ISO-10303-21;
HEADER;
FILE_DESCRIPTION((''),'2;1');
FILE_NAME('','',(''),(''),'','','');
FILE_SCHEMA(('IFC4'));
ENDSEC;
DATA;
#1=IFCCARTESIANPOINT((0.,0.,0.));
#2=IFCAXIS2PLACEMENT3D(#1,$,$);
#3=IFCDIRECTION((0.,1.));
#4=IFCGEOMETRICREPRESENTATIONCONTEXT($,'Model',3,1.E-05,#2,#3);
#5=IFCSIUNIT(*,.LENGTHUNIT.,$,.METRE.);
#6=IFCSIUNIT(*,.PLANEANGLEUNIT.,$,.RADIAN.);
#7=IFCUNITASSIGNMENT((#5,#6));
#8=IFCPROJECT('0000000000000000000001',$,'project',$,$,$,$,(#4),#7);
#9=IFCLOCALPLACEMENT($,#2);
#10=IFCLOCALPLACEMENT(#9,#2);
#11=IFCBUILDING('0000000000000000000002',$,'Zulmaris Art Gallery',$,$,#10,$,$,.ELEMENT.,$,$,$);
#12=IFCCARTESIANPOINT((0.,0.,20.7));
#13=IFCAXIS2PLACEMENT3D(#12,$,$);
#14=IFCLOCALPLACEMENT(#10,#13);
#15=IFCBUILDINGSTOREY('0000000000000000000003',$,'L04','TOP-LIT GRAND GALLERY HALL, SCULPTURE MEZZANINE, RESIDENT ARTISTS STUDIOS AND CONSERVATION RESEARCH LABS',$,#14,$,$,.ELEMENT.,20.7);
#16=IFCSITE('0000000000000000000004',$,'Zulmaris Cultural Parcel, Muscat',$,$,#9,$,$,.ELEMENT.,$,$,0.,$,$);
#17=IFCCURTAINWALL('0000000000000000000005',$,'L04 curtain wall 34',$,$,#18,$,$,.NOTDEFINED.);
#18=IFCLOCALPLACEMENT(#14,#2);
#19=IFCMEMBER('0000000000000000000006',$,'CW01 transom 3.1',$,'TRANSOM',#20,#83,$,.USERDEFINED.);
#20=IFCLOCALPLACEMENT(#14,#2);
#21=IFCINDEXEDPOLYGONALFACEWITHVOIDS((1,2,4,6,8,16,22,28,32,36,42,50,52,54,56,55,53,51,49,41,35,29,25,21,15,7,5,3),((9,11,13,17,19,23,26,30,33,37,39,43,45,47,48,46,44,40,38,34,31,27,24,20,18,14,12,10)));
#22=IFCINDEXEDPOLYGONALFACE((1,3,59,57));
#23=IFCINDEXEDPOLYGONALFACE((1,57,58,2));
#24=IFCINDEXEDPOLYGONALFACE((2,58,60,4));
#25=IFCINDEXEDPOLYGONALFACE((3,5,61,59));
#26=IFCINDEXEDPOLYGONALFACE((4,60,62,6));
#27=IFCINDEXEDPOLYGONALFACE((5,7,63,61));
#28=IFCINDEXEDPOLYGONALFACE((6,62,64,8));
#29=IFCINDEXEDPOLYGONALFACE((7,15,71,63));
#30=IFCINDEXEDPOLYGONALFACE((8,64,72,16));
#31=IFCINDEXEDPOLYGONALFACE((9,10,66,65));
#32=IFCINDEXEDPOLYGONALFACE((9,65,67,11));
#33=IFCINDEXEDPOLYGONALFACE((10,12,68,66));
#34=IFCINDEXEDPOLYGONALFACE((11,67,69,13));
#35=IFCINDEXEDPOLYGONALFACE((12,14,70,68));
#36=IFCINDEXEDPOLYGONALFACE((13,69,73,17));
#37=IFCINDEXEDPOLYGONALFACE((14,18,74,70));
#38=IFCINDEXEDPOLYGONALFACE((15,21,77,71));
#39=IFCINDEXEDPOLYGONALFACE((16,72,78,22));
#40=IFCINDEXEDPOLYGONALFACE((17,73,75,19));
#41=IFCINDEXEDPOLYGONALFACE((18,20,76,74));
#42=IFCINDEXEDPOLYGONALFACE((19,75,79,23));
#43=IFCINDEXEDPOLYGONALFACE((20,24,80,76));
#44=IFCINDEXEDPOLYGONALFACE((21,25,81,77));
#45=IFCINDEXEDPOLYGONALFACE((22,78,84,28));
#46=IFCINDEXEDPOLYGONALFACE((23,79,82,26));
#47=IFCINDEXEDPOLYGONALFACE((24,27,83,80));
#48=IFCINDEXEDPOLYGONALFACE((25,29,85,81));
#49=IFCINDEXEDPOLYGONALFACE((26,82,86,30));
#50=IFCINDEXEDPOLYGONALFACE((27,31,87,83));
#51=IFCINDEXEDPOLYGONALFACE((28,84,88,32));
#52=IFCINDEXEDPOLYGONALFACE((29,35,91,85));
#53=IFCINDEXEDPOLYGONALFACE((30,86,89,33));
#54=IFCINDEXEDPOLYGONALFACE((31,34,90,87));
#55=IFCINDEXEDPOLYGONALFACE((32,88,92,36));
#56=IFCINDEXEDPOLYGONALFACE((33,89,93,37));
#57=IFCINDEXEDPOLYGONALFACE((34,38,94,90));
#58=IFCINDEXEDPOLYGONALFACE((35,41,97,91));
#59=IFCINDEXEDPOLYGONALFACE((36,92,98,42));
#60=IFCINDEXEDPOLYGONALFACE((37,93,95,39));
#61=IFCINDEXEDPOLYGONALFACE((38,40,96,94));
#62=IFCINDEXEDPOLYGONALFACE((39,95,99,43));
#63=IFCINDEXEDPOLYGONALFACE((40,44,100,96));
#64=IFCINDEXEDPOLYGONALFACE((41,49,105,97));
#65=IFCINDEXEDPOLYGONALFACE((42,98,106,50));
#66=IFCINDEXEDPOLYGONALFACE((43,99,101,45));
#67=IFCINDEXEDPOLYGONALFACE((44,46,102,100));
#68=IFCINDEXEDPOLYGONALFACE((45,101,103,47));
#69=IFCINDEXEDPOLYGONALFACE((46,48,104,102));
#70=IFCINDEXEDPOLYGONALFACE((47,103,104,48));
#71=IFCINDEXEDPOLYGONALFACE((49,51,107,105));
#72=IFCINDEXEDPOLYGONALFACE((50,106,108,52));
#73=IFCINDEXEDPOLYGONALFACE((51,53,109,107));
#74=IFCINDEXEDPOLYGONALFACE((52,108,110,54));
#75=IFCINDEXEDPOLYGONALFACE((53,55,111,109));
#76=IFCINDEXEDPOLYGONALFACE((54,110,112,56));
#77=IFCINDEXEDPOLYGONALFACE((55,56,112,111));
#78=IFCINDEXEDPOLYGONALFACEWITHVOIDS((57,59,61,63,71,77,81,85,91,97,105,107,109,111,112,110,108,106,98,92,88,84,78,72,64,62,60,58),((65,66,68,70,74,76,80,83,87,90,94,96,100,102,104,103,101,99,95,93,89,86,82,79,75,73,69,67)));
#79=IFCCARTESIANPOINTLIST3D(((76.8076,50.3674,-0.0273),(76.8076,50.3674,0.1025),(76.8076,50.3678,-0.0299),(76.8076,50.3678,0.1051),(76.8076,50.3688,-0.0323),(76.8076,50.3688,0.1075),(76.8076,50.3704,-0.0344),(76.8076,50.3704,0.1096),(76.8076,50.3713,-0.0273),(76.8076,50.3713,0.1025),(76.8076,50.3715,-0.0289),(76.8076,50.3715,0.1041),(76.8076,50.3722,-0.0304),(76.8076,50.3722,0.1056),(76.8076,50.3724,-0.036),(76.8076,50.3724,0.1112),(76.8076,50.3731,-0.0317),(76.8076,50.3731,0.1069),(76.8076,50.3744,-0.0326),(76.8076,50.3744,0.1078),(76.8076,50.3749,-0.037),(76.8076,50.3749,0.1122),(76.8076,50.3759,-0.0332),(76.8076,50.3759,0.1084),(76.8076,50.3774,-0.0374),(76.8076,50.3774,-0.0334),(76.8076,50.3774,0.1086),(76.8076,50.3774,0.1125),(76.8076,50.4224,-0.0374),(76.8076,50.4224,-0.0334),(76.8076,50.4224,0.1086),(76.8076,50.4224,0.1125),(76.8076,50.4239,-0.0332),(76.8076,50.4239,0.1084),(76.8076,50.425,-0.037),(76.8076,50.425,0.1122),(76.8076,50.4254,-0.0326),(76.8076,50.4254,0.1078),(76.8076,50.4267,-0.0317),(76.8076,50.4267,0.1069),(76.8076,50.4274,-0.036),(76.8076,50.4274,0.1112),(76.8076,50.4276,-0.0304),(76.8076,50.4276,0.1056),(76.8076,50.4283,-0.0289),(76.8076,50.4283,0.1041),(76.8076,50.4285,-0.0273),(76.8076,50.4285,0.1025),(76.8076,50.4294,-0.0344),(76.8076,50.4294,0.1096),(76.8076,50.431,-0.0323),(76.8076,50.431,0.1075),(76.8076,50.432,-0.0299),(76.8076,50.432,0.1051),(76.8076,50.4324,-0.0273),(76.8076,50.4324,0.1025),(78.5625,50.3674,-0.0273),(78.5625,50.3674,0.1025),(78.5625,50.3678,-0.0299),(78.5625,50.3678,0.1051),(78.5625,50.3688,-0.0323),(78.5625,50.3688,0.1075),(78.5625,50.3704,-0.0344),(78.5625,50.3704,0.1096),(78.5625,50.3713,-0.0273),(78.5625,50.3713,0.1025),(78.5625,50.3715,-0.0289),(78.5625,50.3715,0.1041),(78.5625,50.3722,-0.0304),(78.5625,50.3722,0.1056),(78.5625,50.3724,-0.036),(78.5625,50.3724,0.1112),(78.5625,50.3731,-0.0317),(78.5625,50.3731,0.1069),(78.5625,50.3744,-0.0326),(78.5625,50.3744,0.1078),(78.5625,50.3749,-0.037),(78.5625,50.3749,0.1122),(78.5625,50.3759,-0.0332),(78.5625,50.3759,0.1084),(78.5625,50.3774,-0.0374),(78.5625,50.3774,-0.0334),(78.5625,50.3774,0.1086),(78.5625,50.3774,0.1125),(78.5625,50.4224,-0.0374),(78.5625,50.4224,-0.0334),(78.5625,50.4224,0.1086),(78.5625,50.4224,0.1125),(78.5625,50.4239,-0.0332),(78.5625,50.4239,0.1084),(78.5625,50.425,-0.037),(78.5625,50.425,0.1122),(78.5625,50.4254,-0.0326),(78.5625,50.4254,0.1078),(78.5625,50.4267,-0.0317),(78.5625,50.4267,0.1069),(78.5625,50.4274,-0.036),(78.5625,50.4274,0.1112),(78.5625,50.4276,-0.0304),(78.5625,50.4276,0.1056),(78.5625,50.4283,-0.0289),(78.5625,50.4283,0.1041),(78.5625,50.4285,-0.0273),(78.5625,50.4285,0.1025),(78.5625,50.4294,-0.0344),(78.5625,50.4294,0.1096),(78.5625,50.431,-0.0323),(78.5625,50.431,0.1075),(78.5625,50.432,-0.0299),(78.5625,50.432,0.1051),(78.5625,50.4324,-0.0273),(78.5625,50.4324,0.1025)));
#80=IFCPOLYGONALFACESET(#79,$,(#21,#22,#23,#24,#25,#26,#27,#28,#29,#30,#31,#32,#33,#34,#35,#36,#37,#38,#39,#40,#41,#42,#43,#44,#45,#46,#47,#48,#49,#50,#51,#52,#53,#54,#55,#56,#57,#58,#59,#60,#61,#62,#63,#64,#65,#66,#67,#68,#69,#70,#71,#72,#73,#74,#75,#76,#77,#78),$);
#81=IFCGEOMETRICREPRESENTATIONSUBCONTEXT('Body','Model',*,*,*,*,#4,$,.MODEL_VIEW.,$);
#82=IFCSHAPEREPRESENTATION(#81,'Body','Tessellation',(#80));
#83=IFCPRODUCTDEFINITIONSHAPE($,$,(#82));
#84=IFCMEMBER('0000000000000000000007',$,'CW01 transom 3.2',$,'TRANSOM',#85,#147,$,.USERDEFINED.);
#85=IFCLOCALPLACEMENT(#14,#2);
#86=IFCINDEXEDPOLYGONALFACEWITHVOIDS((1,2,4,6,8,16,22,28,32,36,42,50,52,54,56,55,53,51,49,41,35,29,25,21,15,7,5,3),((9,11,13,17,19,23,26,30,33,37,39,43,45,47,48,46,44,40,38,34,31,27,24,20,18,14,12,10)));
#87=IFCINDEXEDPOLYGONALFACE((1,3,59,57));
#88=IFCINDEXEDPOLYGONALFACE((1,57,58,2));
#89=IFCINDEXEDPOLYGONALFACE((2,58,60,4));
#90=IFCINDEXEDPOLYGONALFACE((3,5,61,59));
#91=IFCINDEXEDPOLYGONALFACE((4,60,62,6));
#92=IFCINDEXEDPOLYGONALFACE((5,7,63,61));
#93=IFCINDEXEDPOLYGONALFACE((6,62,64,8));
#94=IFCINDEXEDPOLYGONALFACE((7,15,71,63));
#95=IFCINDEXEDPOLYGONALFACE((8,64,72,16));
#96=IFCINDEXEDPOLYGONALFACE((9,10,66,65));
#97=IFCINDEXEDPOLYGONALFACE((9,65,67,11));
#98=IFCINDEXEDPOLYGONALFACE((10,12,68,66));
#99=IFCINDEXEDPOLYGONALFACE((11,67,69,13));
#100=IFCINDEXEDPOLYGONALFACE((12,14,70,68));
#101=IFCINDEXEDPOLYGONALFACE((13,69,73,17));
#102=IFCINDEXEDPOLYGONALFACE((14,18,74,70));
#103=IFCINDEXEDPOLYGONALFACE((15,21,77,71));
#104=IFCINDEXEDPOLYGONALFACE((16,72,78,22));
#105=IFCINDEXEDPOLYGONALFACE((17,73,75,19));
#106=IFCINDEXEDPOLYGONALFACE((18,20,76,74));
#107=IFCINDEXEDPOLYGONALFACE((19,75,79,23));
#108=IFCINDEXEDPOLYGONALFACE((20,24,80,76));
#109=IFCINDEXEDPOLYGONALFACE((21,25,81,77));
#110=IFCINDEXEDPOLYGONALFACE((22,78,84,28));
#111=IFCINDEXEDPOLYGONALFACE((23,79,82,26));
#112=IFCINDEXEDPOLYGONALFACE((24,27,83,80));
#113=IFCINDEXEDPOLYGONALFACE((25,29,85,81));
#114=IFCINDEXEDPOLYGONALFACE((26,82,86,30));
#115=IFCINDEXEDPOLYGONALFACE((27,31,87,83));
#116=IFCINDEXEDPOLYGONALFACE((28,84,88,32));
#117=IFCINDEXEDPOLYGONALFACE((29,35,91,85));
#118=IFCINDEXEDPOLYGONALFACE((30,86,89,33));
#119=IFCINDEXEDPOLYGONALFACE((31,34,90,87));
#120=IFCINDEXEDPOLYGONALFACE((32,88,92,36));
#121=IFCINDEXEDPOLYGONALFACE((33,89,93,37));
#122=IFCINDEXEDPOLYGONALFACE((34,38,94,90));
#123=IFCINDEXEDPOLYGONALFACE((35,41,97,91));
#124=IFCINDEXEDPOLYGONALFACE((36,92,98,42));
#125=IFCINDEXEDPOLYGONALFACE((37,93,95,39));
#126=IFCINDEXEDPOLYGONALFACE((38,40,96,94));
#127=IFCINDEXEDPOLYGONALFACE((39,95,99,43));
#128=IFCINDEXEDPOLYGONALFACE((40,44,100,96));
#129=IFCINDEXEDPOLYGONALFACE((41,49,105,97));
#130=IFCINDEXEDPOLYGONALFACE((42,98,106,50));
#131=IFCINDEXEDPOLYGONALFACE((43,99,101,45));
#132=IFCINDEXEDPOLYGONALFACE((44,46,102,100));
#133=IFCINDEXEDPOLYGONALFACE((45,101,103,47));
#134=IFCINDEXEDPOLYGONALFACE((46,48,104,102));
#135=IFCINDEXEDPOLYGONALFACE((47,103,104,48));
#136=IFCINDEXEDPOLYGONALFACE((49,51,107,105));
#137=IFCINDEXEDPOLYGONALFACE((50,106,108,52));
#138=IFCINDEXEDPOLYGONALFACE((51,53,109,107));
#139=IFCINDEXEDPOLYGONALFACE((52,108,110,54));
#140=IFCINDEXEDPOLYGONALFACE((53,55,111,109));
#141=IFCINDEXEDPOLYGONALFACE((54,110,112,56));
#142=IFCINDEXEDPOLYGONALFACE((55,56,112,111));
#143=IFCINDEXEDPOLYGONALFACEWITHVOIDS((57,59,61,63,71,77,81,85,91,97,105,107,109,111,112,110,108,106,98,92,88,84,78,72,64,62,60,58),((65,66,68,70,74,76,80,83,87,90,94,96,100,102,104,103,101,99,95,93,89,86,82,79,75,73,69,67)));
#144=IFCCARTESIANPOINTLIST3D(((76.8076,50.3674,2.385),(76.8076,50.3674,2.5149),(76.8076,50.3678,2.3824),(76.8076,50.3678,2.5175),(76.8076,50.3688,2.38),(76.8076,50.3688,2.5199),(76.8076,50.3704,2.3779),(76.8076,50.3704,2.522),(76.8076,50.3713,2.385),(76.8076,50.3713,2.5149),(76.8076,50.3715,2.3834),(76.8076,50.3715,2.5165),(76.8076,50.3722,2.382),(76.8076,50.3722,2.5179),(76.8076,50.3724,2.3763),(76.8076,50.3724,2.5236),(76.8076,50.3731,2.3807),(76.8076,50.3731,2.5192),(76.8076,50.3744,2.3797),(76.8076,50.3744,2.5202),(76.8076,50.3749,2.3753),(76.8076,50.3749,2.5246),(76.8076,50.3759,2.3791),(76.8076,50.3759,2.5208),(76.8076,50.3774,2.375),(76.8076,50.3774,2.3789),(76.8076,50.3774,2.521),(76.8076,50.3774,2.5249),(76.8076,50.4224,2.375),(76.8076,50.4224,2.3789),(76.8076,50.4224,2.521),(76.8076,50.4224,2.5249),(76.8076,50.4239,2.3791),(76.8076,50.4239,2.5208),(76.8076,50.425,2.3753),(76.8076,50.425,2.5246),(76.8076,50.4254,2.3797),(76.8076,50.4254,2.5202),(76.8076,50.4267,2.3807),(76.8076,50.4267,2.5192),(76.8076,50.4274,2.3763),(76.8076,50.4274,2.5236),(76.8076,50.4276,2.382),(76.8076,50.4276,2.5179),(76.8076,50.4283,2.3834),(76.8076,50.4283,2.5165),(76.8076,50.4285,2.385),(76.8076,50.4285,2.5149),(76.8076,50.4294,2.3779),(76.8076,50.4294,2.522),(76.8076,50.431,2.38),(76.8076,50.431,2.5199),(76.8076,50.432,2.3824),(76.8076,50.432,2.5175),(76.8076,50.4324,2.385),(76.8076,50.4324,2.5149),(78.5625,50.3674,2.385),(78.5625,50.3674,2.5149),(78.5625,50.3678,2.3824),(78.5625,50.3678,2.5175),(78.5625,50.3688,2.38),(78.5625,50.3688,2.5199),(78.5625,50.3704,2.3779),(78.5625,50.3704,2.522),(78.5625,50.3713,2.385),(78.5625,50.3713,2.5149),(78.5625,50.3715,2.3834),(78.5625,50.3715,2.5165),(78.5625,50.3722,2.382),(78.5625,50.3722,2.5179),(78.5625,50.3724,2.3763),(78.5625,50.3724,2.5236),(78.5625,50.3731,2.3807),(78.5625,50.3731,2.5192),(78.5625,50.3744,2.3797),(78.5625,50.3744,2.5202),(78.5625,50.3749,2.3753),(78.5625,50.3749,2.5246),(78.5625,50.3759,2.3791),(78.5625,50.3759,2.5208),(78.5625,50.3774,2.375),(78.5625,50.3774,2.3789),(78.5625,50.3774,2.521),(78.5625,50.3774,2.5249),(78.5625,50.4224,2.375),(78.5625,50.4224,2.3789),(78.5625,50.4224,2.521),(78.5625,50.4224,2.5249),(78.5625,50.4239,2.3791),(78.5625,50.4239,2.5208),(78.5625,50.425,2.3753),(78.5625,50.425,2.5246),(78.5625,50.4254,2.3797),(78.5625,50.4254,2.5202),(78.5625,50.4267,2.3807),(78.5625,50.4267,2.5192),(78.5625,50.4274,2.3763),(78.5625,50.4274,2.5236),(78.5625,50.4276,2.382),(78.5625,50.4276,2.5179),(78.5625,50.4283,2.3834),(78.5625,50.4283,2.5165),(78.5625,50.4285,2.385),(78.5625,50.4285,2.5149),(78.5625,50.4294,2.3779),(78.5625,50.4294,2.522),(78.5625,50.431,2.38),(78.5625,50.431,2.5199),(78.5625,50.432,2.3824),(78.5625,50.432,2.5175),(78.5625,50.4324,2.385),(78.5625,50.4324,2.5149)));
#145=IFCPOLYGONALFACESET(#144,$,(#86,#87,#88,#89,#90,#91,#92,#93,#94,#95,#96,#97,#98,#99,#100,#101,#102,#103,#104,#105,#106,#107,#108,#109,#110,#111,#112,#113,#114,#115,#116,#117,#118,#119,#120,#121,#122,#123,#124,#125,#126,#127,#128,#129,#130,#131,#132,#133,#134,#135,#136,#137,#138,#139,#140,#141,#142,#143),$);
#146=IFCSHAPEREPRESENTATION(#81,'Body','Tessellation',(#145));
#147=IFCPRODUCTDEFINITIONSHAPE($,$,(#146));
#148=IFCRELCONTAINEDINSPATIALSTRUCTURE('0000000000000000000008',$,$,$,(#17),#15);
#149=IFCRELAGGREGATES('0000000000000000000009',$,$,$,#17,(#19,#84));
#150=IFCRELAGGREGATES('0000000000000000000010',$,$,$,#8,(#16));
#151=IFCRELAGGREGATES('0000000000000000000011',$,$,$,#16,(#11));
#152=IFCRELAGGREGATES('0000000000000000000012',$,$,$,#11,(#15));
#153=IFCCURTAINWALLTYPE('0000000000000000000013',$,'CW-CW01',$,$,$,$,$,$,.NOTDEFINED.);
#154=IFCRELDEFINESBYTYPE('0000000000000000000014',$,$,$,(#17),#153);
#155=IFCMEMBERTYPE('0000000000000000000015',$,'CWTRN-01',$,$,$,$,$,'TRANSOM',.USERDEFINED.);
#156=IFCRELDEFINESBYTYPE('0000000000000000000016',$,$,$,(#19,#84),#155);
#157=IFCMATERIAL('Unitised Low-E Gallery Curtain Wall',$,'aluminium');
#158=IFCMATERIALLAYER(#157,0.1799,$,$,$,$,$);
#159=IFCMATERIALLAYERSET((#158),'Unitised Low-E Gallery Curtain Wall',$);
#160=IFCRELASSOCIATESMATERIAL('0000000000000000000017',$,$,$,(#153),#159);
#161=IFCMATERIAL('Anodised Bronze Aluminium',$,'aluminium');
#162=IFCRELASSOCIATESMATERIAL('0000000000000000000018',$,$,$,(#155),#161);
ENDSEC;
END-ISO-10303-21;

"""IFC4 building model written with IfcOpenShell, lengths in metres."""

from ifc_helpers import new_model, si_unit, direction, frame, origin, origin_2d, place, context, subcontext, project, spatial, hollow_rectangle, extrude, material, layer, layer_set, material_profile, profile_set, type_object, element, aggregate, save


model = new_model("IFC4")

# Units and contexts
model_context = context("Model", 3, precision=1e-05, world=origin(), true_north=direction((0.0, 1.0)))
body_context = subcontext(model_context, "Body", "Model", "MODEL_VIEW")
ifc_project = project(units=[si_unit("LENGTHUNIT", "METRE"), si_unit("PLANEANGLEUNIT", "RADIAN")], contexts=[model_context])

# Site, building, storey
site_placement = place(None, origin())
site = spatial("IfcSite", under=ifc_project, at=site_placement, Name="Zulmaris Cultural Parcel, Muscat", CompositionType="ELEMENT", RefElevation=0.0)
building_placement = place(site_placement, origin())
building = spatial("IfcBuilding", under=site, at=building_placement, Name="Zulmaris Art Gallery", CompositionType="ELEMENT")
storey_placement = place(building_placement, frame((0.0, 0.0, 20.7)))
storey = spatial("IfcBuildingStorey", under=building, at=storey_placement, Name="L04", Description="TOP-LIT GRAND GALLERY HALL, SCULPTURE MEZZANINE, RESIDENT ARTISTS STUDIOS AND CONSERVATION RESEARCH LABS", CompositionType="ELEMENT", Elevation=20.7)

# Shared definitions
ifc_material_1 = material(Name="Unitised Low-E Gallery Curtain Wall", Category="aluminium")
ifc_layer_1 = layer(ifc_material_1, 0.1799)
ifc_layer_set_1 = layer_set([ifc_layer_1], Name="Unitised Low-E Gallery Curtain Wall")
curtain_wall_type = type_object("IfcCurtainWallType", Name="CW-CW01", PredefinedType="NOTDEFINED", material=ifc_layer_set_1)
ifc_material_2 = material(Name="Anodised Bronze Aluminium", Category="aluminium")

# Curtain wall
curtain_wall_1_placement = place(storey_placement, origin())
curtain_wall_1 = element("IfcCurtainWall", 1, at=curtain_wall_1_placement, inside=storey, type_object=curtain_wall_type, Name="L04 curtain wall 34", PredefinedType="NOTDEFINED")

# Members
ifc_material_profile_1 = material_profile(ifc_material_2, hollow_rectangle(XDim=0.0649, YDim=0.1499, WallThickness=0.0039, InnerFilletRadius=0.0061, OuterFilletRadius=0.01, at=origin_2d()), Name="ALU 65x150x4")
ifc_profile_set_1 = profile_set([ifc_material_profile_1], Name="Anodised Bronze Aluminium")
member_type_1 = type_object("IfcMemberType", Name="CWTRN-01", ElementType="TRANSOM", PredefinedType="USERDEFINED", material=ifc_profile_set_1)
member_1_placement = place(storey_placement, frame((78.5625, 50.3999, 0.0376), z_axis=(-1.0, 0.0, 0.0), x_axis=(0.0, -1.0, 0.0)))
member_1 = element("IfcMember", 2, at=member_1_placement, type_object=member_type_1, Name="CW01 transom 3.1", ObjectType="TRANSOM", PredefinedType="USERDEFINED", context=body_context, shape_type="SweptSolid", body=[
    extrude(hollow_rectangle(XDim=0.0649, YDim=0.1499, WallThickness=0.0039, InnerFilletRadius=0.0061, OuterFilletRadius=0.01, at=origin_2d()), origin(), (0.0, 0.0, 1.0), 1.7549),
])
member_2_placement = place(storey_placement, frame((78.5625, 50.3999, 2.45), z_axis=(-1.0, 0.0, 0.0), x_axis=(0.0, -1.0, 0.0)))
member_2 = element("IfcMember", 3, at=member_2_placement, type_object=member_type_1, Name="CW01 transom 3.2", ObjectType="TRANSOM", PredefinedType="USERDEFINED", context=body_context, shape_type="SweptSolid", body=[
    extrude(hollow_rectangle(XDim=0.0649, YDim=0.1499, WallThickness=0.0039, InnerFilletRadius=0.0061, OuterFilletRadius=0.01, at=origin_2d()), origin(), (0.0, 0.0, 1.0), 1.7549),
])

aggregate(curtain_wall_1, [member_1, member_2])

save(model, "model.ifc")
